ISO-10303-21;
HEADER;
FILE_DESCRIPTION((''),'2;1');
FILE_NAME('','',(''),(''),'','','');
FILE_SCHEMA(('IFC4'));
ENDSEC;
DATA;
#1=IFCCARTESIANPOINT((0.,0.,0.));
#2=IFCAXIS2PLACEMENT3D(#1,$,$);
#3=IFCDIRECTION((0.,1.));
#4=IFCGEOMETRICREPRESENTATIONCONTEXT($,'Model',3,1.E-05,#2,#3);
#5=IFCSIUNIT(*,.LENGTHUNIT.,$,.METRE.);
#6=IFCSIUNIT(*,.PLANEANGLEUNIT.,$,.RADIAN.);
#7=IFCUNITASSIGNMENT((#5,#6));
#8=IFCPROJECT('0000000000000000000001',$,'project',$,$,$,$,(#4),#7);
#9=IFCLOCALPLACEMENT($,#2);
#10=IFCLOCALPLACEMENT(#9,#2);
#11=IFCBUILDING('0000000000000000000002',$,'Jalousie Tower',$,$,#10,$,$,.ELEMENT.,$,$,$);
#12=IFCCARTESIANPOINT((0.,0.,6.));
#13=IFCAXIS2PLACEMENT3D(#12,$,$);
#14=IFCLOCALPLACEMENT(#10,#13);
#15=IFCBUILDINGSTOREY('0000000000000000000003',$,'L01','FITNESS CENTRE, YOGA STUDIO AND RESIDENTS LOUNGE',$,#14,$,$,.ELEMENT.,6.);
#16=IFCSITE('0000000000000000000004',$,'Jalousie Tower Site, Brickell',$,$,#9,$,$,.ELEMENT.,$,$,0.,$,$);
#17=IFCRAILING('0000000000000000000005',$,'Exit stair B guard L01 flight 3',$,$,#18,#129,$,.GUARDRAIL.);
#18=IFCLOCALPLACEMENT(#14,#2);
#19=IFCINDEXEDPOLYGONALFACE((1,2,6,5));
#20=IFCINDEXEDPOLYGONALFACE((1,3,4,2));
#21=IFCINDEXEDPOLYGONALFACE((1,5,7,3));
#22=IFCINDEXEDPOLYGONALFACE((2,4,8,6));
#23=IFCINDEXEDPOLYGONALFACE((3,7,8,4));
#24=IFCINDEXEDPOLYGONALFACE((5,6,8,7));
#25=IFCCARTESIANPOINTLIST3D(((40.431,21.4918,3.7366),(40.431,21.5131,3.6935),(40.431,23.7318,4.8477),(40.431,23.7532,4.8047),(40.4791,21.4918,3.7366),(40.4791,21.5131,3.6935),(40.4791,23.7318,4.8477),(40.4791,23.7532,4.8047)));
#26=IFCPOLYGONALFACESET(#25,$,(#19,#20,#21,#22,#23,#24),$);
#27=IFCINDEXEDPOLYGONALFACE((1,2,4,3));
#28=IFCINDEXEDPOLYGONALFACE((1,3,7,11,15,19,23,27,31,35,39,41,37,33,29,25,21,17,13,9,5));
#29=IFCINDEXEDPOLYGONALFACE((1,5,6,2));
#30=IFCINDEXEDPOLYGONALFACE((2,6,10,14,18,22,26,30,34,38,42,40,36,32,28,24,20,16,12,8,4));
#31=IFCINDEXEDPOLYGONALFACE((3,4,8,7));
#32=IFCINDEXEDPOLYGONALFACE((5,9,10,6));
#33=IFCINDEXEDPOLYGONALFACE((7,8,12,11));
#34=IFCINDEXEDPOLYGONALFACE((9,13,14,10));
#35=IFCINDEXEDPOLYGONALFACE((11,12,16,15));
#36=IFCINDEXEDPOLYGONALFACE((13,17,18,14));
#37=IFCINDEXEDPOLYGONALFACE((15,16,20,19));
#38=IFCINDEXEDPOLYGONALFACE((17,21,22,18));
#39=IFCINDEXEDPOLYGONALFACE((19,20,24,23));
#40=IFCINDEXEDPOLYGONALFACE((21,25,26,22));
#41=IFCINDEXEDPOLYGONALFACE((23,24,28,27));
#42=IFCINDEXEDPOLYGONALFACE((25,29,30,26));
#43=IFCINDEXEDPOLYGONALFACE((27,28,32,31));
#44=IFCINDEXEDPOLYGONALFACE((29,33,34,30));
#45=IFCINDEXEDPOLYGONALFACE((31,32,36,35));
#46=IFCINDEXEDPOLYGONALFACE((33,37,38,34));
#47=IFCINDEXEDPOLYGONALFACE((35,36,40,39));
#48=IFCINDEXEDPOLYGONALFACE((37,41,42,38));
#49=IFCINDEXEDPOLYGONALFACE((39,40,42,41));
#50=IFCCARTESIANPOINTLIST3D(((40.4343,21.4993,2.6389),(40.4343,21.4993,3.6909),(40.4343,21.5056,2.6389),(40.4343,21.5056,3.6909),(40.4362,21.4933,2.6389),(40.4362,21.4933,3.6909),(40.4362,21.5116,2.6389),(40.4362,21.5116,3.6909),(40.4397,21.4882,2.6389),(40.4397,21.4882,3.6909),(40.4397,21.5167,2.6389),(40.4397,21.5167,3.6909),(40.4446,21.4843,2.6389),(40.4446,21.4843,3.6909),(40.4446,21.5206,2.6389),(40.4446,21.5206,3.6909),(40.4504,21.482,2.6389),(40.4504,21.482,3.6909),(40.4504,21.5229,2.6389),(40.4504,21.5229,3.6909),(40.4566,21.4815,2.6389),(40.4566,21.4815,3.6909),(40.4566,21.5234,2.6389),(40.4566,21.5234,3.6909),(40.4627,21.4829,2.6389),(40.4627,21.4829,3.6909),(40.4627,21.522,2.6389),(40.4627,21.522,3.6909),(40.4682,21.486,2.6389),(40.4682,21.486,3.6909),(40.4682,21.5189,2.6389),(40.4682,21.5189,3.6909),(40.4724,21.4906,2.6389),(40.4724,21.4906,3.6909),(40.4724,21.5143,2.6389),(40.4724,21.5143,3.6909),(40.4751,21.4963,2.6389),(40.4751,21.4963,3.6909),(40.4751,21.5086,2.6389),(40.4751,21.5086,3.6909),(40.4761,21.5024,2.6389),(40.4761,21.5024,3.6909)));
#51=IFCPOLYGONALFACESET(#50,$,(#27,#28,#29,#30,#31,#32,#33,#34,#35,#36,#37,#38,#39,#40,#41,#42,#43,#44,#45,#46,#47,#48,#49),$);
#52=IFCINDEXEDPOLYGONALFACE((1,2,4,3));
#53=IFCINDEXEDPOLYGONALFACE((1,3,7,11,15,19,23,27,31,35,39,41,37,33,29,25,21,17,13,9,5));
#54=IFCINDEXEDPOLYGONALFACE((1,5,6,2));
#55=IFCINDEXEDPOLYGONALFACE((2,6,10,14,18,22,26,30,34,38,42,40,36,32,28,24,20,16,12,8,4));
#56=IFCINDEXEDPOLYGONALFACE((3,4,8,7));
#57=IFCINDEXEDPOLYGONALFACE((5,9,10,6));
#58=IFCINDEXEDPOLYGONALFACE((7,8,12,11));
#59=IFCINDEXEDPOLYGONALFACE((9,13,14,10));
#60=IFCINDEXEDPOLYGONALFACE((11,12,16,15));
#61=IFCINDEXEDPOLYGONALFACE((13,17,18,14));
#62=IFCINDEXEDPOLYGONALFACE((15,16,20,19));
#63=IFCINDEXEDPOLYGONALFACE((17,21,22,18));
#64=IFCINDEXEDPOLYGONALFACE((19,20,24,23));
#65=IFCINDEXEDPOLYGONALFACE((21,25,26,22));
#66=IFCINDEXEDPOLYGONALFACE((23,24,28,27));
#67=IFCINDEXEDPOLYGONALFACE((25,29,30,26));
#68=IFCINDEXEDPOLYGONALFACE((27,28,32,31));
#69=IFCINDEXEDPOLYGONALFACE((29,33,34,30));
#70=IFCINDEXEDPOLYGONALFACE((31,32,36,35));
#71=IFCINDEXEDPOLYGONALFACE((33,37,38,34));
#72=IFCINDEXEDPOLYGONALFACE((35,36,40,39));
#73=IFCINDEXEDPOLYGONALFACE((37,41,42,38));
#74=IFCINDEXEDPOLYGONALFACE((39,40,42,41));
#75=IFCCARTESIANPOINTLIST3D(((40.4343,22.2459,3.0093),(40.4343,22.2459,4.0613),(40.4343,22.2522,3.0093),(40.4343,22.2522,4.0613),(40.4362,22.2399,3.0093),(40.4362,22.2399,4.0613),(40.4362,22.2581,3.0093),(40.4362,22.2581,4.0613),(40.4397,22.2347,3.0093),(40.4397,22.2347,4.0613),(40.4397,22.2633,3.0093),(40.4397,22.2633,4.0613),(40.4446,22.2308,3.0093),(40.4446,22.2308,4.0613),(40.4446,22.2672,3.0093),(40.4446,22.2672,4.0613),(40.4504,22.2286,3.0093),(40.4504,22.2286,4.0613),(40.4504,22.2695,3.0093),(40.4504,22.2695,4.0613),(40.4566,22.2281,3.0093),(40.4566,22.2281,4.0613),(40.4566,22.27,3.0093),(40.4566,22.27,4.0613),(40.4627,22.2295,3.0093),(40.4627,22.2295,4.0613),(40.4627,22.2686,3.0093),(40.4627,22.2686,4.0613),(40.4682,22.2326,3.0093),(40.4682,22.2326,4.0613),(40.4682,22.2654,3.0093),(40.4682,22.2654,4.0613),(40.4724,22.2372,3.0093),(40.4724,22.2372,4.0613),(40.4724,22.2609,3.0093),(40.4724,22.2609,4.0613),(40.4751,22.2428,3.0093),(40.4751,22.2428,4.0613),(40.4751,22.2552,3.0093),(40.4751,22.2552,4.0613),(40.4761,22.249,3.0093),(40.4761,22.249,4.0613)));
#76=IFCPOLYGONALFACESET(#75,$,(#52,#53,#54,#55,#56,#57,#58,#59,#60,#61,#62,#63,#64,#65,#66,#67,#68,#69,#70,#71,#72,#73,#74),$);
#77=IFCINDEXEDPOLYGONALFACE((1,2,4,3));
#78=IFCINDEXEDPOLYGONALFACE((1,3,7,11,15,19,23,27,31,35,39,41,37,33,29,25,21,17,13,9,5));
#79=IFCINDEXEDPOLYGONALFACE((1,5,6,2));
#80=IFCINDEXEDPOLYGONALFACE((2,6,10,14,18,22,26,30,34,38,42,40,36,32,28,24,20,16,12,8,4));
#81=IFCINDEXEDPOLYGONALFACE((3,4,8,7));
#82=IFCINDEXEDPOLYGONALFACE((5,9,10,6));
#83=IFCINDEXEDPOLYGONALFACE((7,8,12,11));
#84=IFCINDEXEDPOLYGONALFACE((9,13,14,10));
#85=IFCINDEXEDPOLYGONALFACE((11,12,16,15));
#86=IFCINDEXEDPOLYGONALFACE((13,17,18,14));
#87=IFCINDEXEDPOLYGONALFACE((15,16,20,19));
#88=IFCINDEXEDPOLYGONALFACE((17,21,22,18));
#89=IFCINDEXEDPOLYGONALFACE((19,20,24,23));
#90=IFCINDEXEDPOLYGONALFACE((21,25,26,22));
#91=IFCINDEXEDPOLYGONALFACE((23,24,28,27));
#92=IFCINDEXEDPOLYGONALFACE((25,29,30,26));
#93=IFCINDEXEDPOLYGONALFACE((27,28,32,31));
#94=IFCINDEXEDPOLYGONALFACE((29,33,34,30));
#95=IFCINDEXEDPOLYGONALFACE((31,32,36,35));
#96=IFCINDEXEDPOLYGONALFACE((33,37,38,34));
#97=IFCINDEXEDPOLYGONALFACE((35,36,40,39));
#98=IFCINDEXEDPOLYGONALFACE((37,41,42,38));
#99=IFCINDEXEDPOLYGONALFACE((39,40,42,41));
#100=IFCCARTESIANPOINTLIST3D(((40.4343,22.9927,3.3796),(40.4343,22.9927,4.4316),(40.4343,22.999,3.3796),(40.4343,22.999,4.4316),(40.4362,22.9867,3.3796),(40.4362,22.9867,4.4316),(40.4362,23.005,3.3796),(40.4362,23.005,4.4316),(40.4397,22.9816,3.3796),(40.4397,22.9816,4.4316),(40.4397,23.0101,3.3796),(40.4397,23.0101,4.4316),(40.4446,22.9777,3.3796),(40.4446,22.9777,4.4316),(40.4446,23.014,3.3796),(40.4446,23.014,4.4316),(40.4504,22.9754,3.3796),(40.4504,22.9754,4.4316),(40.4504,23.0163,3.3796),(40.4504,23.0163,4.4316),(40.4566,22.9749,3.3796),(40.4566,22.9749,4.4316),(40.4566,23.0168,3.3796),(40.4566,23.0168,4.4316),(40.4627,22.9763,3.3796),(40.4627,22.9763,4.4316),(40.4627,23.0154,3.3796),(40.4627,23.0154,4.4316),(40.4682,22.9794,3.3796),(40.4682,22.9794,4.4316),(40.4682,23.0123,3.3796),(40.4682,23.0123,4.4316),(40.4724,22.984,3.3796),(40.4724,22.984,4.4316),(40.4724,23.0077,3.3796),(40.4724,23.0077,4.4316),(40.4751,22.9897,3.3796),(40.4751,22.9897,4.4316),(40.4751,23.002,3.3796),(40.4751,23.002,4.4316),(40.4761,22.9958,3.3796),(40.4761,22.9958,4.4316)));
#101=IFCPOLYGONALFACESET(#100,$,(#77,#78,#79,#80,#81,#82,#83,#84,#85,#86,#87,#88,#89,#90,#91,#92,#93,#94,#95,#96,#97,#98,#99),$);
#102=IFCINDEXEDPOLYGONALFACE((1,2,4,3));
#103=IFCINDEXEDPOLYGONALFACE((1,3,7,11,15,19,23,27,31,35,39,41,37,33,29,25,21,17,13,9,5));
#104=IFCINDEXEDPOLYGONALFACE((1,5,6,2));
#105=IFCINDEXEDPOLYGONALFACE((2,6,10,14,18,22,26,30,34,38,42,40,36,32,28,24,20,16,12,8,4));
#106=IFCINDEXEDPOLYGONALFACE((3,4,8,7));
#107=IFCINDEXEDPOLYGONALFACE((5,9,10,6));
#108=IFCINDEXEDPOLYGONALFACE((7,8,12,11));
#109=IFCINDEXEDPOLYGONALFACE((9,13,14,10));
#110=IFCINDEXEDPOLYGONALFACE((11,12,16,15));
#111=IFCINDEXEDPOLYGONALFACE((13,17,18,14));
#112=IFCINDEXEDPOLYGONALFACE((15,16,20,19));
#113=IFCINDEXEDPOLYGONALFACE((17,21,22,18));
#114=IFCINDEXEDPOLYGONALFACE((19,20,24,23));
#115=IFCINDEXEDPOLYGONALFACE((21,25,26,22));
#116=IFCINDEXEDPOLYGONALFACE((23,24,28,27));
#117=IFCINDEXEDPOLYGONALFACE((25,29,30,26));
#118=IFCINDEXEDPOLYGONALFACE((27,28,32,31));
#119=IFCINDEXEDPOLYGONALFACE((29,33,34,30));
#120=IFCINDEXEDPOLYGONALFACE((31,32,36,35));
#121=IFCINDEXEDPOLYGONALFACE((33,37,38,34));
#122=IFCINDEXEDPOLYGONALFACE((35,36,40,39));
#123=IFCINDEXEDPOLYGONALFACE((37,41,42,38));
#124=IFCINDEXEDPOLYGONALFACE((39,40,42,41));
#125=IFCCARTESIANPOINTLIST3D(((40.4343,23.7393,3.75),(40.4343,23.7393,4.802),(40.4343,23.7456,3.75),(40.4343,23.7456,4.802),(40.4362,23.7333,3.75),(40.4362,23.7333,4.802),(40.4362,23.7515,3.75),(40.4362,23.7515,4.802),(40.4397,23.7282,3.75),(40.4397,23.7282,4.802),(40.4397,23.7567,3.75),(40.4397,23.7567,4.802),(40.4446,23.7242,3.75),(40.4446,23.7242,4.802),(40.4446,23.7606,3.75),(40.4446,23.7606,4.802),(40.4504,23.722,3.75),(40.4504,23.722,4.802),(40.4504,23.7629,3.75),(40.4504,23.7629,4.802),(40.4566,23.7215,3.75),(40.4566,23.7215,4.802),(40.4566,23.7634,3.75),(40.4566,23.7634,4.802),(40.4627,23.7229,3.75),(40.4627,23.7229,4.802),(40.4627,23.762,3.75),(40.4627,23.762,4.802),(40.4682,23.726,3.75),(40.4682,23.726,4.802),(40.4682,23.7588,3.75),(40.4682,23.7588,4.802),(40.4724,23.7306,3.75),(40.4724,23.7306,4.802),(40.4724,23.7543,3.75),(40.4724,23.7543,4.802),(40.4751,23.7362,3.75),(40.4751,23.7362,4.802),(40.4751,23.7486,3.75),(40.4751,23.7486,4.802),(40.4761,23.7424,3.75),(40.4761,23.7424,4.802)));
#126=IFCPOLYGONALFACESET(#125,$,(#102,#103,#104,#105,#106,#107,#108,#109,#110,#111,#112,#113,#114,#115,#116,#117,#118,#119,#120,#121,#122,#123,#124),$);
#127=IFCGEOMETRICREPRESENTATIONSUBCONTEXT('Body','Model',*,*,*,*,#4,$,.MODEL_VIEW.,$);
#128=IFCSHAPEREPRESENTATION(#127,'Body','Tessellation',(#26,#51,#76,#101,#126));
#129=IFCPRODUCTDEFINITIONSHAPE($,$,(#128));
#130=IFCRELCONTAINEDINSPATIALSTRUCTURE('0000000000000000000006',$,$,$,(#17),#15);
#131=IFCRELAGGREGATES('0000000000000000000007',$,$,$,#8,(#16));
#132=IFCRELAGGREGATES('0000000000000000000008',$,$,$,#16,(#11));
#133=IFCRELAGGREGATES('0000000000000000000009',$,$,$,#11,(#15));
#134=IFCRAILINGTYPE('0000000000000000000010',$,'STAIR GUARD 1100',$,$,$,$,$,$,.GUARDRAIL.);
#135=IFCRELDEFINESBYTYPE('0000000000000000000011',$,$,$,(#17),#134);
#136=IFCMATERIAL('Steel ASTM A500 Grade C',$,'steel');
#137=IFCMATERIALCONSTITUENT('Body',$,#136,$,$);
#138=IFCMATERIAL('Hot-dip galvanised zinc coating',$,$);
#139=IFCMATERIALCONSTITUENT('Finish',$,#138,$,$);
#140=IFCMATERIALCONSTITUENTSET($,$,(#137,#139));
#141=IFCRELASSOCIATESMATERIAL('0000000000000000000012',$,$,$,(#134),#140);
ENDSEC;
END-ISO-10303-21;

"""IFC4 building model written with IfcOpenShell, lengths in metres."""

from ifc_helpers import new_model, si_unit, direction, frame, origin, origin_2d, place, context, subcontext, project, spatial, rectangle, circle, extrude, material, constituent, constituent_set, type_object, element, save


model = new_model("IFC4")

# Units and contexts
model_context = context("Model", 3, precision=1e-05, world=origin(), true_north=direction((0.0, 1.0)))
body_context = subcontext(model_context, "Body", "Model", "MODEL_VIEW")
ifc_project = project(units=[si_unit("LENGTHUNIT", "METRE"), si_unit("PLANEANGLEUNIT", "RADIAN")], contexts=[model_context])

# Site, building, storey
site_placement = place(None, origin())
site = spatial("IfcSite", under=ifc_project, at=site_placement, Name="Jalousie Tower Site, Brickell", CompositionType="ELEMENT", RefElevation=0.0)
building_placement = place(site_placement, origin())
building = spatial("IfcBuilding", under=site, at=building_placement, Name="Jalousie Tower", CompositionType="ELEMENT")
storey_placement = place(building_placement, frame((0.0, 0.0, 6.0)))
storey = spatial("IfcBuildingStorey", under=building, at=storey_placement, Name="L01", Description="FITNESS CENTRE, YOGA STUDIO AND RESIDENTS LOUNGE", CompositionType="ELEMENT", Elevation=6.0)

# Railing
ifc_material_1 = material(Name="Steel ASTM A500 Grade C", Category="steel")
ifc_constituent_1 = constituent(ifc_material_1, Name="Body")
ifc_material_2 = material(Name="Hot-dip galvanised zinc coating")
ifc_constituent_2 = constituent(ifc_material_2, Name="Finish")
ifc_constituent_set_1 = constituent_set(constituents=[ifc_constituent_1, ifc_constituent_2])
railing_type_1 = type_object("IfcRailingType", Name="STAIR GUARD 1100", PredefinedType="GUARDRAIL", material=ifc_constituent_set_1)
railing_1_placement = place(storey_placement, frame((40.4551, 21.5024, 2.6389)))
element("IfcRailing", 1, at=railing_1_placement, inside=storey, type_object=railing_type_1, Name="Exit stair B guard L01 flight 3", PredefinedType="GUARDRAIL", context=body_context, shape_type="SweptSolid", body=[
    extrude(rectangle(XDim=0.0481, YDim=0.0481, at=origin_2d()), frame((0.0, 0.0, 1.0762), z_axis=(0.0, 0.895848, 0.44436), x_axis=(-1.0, 0.0, 0.0)), (0.0, 0.0, 1.0), 2.5005),
    extrude(circle(Radius=0.021, at=origin_2d()), origin(), (0.0, 0.0, 1.0), 1.052),
    extrude(circle(Radius=0.021, at=origin_2d()), frame((0.0, 0.7466, 0.3704)), (0.0, 0.0, 1.0), 1.052),
    extrude(circle(Radius=0.021, at=origin_2d()), frame((0.0, 1.4934, 0.7407)), (0.0, 0.0, 1.0), 1.052),
    extrude(circle(Radius=0.021, at=origin_2d()), frame((0.0, 2.24, 1.1111)), (0.0, 0.0, 1.0), 1.052),
])

save(model, "model.ifc")
